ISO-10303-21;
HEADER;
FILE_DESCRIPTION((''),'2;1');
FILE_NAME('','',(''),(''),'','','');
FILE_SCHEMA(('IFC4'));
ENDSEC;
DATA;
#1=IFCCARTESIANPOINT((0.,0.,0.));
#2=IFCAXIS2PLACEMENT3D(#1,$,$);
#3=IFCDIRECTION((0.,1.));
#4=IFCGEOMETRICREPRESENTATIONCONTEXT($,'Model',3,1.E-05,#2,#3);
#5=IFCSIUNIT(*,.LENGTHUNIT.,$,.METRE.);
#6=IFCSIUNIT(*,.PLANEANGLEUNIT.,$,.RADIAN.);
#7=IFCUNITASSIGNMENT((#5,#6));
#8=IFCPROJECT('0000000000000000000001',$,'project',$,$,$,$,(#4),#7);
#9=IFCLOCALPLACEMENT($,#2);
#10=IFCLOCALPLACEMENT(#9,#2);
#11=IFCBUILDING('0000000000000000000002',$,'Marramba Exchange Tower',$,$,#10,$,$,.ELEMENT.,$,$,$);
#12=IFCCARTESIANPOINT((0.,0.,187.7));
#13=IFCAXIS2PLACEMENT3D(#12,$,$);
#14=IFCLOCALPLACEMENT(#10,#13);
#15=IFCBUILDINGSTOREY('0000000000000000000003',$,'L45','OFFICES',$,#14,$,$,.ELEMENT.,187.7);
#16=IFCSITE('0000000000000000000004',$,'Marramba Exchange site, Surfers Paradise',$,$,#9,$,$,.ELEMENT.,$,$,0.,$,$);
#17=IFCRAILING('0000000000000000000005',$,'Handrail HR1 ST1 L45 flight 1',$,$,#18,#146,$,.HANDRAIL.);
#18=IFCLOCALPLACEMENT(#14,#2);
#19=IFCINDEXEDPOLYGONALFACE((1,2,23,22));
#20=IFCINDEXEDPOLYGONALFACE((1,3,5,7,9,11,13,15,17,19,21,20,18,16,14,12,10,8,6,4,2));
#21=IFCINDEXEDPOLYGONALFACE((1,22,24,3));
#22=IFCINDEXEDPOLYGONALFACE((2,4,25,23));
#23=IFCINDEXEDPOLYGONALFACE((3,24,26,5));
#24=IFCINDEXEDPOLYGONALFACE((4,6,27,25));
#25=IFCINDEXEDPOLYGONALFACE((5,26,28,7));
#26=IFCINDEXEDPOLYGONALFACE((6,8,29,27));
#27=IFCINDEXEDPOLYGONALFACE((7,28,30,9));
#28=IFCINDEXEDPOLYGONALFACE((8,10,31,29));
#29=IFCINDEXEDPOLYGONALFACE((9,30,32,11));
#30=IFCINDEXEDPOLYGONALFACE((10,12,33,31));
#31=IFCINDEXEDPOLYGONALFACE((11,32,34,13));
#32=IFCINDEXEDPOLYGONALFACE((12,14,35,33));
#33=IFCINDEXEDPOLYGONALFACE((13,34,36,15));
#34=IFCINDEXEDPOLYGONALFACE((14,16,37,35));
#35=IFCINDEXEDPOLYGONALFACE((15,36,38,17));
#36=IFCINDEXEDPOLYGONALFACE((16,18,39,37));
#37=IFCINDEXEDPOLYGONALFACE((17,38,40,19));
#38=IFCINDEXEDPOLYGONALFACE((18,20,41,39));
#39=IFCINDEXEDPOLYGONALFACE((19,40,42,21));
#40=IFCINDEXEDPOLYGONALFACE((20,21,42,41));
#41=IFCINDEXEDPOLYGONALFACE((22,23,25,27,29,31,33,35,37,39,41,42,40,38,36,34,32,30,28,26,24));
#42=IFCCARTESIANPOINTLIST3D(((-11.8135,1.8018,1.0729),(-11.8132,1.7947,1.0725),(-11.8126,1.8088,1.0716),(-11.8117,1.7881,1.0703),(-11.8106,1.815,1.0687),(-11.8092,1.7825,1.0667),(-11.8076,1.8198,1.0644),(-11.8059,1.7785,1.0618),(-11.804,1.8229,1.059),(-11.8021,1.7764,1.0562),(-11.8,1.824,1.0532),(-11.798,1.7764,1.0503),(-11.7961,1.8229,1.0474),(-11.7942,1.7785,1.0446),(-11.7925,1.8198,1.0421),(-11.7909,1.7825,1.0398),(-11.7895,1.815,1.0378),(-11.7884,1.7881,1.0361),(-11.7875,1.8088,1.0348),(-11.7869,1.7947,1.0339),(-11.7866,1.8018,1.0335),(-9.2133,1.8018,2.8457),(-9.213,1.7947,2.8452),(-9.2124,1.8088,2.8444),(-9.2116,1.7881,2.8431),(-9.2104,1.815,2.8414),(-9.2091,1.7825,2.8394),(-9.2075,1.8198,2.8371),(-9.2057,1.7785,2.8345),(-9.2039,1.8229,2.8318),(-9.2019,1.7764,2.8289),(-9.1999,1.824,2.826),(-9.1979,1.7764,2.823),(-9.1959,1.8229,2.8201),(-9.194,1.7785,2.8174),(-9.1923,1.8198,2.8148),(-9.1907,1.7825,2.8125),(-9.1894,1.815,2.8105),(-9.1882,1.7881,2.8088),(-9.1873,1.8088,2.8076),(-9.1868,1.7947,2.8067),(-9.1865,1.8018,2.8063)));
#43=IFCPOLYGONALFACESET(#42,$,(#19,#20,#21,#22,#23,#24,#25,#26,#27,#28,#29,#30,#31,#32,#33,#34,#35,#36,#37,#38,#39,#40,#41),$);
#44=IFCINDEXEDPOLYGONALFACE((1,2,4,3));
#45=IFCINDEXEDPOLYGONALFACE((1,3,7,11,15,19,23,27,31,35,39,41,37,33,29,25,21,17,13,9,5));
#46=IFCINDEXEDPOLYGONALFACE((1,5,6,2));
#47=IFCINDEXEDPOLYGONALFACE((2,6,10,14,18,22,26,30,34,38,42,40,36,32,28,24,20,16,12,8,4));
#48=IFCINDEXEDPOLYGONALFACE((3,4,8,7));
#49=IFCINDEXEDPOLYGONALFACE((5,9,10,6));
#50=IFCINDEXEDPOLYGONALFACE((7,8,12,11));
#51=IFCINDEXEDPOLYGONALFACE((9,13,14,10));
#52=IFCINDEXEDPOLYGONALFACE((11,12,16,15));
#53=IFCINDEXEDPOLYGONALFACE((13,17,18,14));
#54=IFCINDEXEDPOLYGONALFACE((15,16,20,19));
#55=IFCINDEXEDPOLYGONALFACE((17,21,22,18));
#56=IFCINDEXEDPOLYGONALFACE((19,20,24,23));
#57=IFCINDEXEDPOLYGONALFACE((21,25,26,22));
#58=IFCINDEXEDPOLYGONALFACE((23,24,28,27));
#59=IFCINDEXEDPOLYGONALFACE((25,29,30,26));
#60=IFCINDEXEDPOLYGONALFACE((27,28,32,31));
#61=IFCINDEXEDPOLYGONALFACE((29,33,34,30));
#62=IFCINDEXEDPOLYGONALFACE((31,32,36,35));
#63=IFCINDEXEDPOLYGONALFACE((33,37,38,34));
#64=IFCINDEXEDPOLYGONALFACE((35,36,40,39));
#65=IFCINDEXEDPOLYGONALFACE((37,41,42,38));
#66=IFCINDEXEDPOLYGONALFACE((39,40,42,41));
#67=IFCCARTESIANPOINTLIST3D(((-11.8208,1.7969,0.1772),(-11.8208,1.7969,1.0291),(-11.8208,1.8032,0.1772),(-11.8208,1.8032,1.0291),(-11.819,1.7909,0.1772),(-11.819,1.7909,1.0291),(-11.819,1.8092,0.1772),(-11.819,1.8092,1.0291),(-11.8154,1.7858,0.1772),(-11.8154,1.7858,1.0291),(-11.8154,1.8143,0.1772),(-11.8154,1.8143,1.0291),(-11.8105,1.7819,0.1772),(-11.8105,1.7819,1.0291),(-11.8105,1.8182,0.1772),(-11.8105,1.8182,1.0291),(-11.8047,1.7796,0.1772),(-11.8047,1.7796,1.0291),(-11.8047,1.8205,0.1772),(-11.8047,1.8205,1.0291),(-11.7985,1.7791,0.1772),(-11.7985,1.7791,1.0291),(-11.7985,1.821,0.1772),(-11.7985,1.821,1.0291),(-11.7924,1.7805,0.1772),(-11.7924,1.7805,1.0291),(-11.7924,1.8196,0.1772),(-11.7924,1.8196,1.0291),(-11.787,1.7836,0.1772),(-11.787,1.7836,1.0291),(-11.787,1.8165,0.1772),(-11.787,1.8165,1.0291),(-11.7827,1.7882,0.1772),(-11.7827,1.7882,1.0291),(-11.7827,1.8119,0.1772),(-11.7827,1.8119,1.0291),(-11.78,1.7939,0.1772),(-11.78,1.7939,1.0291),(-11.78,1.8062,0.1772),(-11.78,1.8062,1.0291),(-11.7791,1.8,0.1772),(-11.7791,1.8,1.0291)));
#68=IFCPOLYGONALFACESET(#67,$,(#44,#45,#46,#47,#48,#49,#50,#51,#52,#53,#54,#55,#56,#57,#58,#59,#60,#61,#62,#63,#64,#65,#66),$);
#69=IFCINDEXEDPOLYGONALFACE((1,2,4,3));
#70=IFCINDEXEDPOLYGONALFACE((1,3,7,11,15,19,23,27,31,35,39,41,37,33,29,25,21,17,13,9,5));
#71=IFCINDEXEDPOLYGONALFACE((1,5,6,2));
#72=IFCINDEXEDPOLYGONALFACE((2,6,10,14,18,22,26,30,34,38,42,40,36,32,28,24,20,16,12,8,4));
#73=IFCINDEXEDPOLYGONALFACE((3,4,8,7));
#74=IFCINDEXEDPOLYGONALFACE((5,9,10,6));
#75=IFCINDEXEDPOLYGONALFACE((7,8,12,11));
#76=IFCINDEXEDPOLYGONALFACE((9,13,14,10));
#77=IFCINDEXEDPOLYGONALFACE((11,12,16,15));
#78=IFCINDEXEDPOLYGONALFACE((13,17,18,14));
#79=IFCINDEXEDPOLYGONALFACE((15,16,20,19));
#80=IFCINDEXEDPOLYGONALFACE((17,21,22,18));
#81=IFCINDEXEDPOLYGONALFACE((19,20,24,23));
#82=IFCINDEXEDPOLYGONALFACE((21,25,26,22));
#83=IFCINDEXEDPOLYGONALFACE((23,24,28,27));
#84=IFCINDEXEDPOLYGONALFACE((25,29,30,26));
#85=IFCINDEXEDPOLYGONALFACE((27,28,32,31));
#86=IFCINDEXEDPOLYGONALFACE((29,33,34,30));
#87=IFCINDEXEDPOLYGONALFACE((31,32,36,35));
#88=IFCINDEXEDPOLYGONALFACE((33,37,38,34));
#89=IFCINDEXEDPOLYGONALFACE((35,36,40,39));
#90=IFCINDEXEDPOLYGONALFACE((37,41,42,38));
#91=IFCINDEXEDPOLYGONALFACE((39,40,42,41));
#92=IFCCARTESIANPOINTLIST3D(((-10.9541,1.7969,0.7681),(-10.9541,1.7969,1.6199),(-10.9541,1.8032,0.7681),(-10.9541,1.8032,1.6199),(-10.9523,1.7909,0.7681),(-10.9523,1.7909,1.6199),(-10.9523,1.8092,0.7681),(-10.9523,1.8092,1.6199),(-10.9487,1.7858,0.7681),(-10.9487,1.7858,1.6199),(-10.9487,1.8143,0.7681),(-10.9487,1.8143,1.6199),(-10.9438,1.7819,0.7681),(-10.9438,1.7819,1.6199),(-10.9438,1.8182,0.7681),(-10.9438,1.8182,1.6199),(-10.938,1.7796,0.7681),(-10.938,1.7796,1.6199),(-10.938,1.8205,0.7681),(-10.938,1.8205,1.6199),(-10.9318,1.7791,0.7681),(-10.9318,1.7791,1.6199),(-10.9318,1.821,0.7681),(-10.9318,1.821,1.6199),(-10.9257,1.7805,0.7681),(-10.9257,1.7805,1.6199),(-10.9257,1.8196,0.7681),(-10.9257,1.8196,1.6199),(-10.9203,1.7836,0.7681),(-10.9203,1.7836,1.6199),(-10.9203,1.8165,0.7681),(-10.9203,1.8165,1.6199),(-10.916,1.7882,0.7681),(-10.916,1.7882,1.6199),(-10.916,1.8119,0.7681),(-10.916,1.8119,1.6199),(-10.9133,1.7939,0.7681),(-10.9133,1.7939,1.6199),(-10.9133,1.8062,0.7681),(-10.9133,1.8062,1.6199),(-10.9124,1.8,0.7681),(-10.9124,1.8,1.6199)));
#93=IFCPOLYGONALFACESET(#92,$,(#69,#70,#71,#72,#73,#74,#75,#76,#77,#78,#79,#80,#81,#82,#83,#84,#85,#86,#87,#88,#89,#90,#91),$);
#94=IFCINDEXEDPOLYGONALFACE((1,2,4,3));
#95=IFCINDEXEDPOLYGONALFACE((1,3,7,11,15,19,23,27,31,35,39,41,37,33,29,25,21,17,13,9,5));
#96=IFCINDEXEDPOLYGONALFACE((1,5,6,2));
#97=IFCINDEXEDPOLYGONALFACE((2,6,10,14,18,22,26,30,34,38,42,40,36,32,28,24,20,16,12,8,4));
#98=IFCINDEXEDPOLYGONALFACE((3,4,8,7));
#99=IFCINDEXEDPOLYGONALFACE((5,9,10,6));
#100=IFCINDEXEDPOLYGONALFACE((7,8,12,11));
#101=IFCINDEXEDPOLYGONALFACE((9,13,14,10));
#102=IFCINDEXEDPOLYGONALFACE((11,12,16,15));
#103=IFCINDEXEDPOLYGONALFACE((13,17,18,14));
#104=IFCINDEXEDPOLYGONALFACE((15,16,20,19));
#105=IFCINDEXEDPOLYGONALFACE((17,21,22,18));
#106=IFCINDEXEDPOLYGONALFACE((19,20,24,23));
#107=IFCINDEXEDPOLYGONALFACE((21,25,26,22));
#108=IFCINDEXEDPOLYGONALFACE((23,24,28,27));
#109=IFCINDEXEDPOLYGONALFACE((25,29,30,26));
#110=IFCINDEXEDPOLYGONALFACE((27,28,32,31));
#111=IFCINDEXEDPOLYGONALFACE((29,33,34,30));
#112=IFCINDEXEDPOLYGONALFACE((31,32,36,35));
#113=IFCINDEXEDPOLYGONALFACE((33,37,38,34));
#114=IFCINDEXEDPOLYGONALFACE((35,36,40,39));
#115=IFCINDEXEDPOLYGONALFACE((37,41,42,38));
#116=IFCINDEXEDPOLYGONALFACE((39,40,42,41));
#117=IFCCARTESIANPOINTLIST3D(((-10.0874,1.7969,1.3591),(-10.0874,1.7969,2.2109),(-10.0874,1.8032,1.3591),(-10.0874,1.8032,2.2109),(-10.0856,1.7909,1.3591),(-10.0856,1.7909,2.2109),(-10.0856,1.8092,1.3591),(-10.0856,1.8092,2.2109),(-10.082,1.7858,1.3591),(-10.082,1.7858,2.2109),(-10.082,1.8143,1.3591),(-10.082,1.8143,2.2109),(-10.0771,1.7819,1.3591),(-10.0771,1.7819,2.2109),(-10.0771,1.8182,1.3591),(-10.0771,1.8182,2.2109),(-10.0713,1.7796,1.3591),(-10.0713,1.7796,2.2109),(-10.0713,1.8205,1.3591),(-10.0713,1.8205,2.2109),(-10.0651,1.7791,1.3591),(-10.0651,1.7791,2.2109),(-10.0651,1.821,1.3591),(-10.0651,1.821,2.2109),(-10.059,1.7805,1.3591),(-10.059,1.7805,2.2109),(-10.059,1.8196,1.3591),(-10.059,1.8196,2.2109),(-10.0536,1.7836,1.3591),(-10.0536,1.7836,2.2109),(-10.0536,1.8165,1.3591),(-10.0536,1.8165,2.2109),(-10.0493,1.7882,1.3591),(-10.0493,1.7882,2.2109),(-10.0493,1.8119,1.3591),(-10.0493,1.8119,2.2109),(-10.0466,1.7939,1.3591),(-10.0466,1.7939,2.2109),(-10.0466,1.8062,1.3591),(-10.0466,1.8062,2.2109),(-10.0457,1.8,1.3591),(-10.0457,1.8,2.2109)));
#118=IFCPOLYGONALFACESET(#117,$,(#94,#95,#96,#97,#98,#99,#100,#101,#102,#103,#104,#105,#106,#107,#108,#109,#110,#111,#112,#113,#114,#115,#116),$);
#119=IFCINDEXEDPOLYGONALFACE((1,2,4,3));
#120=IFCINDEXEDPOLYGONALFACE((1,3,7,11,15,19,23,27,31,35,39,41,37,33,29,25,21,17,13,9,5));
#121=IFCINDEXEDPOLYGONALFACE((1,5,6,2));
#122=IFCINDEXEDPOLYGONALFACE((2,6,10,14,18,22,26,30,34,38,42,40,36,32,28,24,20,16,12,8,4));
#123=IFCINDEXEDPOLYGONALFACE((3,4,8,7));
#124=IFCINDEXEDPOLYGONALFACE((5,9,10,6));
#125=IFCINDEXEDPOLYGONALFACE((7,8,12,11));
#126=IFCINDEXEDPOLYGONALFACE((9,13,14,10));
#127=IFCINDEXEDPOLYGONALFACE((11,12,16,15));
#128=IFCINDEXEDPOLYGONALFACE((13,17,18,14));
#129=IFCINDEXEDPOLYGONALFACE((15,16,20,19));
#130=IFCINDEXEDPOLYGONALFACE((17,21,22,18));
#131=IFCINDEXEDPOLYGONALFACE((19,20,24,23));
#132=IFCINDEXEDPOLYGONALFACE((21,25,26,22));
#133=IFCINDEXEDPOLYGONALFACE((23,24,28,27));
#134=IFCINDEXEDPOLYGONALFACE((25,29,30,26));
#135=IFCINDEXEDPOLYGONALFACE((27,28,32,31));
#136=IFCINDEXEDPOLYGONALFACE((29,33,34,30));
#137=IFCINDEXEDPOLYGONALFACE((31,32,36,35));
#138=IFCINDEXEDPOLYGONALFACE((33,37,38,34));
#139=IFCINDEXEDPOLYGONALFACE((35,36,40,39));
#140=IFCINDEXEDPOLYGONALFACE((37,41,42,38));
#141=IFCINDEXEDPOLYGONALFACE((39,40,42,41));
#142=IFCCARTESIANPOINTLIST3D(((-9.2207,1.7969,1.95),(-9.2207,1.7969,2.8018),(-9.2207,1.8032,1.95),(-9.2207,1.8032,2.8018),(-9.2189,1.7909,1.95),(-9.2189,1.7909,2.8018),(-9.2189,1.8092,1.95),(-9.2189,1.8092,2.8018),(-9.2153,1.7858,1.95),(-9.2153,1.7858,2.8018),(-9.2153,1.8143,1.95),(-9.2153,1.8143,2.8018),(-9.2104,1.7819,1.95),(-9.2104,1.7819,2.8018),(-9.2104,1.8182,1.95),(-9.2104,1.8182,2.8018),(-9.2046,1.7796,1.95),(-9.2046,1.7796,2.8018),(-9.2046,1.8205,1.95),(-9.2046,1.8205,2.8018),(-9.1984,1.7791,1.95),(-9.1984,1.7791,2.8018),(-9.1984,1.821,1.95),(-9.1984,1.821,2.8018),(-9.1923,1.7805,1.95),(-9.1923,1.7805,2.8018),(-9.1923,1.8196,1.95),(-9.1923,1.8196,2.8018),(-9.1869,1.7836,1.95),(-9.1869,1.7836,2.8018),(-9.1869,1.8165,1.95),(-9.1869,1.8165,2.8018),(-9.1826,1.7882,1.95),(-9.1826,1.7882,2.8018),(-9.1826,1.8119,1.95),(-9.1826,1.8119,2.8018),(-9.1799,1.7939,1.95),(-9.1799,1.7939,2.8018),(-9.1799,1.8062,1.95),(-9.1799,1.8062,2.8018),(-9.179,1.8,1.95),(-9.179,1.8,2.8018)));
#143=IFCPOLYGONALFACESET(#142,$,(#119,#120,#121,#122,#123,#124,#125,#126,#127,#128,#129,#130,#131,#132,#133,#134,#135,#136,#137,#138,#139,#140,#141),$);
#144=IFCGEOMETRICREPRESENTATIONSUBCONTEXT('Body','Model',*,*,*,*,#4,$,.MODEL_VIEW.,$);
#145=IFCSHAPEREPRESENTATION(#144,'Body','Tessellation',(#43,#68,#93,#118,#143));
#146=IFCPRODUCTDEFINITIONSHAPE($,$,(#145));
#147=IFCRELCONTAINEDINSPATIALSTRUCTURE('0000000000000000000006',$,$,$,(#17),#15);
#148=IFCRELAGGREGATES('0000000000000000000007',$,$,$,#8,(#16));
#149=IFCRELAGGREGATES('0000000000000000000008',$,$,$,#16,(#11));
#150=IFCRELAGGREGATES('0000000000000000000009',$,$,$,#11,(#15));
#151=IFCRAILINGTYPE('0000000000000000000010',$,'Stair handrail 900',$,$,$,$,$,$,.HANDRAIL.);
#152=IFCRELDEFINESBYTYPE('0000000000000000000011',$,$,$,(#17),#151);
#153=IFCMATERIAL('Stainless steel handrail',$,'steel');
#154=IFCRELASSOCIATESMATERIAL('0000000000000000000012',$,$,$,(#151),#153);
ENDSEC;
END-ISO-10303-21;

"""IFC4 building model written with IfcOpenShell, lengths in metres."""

from ifc_helpers import new_model, si_unit, direction, frame, origin, origin_2d, place, context, subcontext, project, spatial, circle, extrude, material, type_object, element, save


model = new_model("IFC4")

# Units and contexts
model_context = context("Model", 3, precision=1e-05, world=origin(), true_north=direction((0.0, 1.0)))
body_context = subcontext(model_context, "Body", "Model", "MODEL_VIEW")
ifc_project = project(units=[si_unit("LENGTHUNIT", "METRE"), si_unit("PLANEANGLEUNIT", "RADIAN")], contexts=[model_context])

# Site, building, storey
site_placement = place(None, origin())
site = spatial("IfcSite", under=ifc_project, at=site_placement, Name="Marramba Exchange site, Surfers Paradise", CompositionType="ELEMENT", RefElevation=0.0)
building_placement = place(site_placement, origin())
building = spatial("IfcBuilding", under=site, at=building_placement, Name="Marramba Exchange Tower", CompositionType="ELEMENT")
storey_placement = place(building_placement, frame((0.0, 0.0, 187.7)))
storey = spatial("IfcBuildingStorey", under=building, at=storey_placement, Name="L45", Description="OFFICES", CompositionType="ELEMENT", Elevation=187.7)

# Railing
ifc_material_1 = material(Name="Stainless steel handrail", Category="steel")
railing_type = type_object("IfcRailingType", Name="Stair handrail 900", PredefinedType="HANDRAIL", material=ifc_material_1)
railing_placement = place(storey_placement, frame((-11.8, 1.8, 0.1772)))
element("IfcRailing", 1, at=railing_placement, inside=storey, type_object=railing_type, Name="Handrail HR1 ST1 L45 flight 1", PredefinedType="HANDRAIL", context=body_context, shape_type="SweptSolid", body=[
    extrude(circle(Radius=0.0239, at=origin_2d()), frame((0.0, 0.0, 0.876), z_axis=(0.82624, 0.0, 0.563318), x_axis=(0.0, 1.0, 0.0)), (0.0, 0.0, 1.0), 3.147),
    extrude(circle(Radius=0.021, at=origin_2d()), origin(), (0.0, 0.0, 1.0), 0.8518),
    extrude(circle(Radius=0.021, at=origin_2d()), frame((0.8667, 0.0, 0.5908)), (0.0, 0.0, 1.0), 0.8518),
    extrude(circle(Radius=0.021, at=origin_2d()), frame((1.7334, 0.0, 1.1819)), (0.0, 0.0, 1.0), 0.8518),
    extrude(circle(Radius=0.021, at=origin_2d()), frame((2.6001, 0.0, 1.7727)), (0.0, 0.0, 1.0), 0.8518),
])

save(model, "model.ifc")
